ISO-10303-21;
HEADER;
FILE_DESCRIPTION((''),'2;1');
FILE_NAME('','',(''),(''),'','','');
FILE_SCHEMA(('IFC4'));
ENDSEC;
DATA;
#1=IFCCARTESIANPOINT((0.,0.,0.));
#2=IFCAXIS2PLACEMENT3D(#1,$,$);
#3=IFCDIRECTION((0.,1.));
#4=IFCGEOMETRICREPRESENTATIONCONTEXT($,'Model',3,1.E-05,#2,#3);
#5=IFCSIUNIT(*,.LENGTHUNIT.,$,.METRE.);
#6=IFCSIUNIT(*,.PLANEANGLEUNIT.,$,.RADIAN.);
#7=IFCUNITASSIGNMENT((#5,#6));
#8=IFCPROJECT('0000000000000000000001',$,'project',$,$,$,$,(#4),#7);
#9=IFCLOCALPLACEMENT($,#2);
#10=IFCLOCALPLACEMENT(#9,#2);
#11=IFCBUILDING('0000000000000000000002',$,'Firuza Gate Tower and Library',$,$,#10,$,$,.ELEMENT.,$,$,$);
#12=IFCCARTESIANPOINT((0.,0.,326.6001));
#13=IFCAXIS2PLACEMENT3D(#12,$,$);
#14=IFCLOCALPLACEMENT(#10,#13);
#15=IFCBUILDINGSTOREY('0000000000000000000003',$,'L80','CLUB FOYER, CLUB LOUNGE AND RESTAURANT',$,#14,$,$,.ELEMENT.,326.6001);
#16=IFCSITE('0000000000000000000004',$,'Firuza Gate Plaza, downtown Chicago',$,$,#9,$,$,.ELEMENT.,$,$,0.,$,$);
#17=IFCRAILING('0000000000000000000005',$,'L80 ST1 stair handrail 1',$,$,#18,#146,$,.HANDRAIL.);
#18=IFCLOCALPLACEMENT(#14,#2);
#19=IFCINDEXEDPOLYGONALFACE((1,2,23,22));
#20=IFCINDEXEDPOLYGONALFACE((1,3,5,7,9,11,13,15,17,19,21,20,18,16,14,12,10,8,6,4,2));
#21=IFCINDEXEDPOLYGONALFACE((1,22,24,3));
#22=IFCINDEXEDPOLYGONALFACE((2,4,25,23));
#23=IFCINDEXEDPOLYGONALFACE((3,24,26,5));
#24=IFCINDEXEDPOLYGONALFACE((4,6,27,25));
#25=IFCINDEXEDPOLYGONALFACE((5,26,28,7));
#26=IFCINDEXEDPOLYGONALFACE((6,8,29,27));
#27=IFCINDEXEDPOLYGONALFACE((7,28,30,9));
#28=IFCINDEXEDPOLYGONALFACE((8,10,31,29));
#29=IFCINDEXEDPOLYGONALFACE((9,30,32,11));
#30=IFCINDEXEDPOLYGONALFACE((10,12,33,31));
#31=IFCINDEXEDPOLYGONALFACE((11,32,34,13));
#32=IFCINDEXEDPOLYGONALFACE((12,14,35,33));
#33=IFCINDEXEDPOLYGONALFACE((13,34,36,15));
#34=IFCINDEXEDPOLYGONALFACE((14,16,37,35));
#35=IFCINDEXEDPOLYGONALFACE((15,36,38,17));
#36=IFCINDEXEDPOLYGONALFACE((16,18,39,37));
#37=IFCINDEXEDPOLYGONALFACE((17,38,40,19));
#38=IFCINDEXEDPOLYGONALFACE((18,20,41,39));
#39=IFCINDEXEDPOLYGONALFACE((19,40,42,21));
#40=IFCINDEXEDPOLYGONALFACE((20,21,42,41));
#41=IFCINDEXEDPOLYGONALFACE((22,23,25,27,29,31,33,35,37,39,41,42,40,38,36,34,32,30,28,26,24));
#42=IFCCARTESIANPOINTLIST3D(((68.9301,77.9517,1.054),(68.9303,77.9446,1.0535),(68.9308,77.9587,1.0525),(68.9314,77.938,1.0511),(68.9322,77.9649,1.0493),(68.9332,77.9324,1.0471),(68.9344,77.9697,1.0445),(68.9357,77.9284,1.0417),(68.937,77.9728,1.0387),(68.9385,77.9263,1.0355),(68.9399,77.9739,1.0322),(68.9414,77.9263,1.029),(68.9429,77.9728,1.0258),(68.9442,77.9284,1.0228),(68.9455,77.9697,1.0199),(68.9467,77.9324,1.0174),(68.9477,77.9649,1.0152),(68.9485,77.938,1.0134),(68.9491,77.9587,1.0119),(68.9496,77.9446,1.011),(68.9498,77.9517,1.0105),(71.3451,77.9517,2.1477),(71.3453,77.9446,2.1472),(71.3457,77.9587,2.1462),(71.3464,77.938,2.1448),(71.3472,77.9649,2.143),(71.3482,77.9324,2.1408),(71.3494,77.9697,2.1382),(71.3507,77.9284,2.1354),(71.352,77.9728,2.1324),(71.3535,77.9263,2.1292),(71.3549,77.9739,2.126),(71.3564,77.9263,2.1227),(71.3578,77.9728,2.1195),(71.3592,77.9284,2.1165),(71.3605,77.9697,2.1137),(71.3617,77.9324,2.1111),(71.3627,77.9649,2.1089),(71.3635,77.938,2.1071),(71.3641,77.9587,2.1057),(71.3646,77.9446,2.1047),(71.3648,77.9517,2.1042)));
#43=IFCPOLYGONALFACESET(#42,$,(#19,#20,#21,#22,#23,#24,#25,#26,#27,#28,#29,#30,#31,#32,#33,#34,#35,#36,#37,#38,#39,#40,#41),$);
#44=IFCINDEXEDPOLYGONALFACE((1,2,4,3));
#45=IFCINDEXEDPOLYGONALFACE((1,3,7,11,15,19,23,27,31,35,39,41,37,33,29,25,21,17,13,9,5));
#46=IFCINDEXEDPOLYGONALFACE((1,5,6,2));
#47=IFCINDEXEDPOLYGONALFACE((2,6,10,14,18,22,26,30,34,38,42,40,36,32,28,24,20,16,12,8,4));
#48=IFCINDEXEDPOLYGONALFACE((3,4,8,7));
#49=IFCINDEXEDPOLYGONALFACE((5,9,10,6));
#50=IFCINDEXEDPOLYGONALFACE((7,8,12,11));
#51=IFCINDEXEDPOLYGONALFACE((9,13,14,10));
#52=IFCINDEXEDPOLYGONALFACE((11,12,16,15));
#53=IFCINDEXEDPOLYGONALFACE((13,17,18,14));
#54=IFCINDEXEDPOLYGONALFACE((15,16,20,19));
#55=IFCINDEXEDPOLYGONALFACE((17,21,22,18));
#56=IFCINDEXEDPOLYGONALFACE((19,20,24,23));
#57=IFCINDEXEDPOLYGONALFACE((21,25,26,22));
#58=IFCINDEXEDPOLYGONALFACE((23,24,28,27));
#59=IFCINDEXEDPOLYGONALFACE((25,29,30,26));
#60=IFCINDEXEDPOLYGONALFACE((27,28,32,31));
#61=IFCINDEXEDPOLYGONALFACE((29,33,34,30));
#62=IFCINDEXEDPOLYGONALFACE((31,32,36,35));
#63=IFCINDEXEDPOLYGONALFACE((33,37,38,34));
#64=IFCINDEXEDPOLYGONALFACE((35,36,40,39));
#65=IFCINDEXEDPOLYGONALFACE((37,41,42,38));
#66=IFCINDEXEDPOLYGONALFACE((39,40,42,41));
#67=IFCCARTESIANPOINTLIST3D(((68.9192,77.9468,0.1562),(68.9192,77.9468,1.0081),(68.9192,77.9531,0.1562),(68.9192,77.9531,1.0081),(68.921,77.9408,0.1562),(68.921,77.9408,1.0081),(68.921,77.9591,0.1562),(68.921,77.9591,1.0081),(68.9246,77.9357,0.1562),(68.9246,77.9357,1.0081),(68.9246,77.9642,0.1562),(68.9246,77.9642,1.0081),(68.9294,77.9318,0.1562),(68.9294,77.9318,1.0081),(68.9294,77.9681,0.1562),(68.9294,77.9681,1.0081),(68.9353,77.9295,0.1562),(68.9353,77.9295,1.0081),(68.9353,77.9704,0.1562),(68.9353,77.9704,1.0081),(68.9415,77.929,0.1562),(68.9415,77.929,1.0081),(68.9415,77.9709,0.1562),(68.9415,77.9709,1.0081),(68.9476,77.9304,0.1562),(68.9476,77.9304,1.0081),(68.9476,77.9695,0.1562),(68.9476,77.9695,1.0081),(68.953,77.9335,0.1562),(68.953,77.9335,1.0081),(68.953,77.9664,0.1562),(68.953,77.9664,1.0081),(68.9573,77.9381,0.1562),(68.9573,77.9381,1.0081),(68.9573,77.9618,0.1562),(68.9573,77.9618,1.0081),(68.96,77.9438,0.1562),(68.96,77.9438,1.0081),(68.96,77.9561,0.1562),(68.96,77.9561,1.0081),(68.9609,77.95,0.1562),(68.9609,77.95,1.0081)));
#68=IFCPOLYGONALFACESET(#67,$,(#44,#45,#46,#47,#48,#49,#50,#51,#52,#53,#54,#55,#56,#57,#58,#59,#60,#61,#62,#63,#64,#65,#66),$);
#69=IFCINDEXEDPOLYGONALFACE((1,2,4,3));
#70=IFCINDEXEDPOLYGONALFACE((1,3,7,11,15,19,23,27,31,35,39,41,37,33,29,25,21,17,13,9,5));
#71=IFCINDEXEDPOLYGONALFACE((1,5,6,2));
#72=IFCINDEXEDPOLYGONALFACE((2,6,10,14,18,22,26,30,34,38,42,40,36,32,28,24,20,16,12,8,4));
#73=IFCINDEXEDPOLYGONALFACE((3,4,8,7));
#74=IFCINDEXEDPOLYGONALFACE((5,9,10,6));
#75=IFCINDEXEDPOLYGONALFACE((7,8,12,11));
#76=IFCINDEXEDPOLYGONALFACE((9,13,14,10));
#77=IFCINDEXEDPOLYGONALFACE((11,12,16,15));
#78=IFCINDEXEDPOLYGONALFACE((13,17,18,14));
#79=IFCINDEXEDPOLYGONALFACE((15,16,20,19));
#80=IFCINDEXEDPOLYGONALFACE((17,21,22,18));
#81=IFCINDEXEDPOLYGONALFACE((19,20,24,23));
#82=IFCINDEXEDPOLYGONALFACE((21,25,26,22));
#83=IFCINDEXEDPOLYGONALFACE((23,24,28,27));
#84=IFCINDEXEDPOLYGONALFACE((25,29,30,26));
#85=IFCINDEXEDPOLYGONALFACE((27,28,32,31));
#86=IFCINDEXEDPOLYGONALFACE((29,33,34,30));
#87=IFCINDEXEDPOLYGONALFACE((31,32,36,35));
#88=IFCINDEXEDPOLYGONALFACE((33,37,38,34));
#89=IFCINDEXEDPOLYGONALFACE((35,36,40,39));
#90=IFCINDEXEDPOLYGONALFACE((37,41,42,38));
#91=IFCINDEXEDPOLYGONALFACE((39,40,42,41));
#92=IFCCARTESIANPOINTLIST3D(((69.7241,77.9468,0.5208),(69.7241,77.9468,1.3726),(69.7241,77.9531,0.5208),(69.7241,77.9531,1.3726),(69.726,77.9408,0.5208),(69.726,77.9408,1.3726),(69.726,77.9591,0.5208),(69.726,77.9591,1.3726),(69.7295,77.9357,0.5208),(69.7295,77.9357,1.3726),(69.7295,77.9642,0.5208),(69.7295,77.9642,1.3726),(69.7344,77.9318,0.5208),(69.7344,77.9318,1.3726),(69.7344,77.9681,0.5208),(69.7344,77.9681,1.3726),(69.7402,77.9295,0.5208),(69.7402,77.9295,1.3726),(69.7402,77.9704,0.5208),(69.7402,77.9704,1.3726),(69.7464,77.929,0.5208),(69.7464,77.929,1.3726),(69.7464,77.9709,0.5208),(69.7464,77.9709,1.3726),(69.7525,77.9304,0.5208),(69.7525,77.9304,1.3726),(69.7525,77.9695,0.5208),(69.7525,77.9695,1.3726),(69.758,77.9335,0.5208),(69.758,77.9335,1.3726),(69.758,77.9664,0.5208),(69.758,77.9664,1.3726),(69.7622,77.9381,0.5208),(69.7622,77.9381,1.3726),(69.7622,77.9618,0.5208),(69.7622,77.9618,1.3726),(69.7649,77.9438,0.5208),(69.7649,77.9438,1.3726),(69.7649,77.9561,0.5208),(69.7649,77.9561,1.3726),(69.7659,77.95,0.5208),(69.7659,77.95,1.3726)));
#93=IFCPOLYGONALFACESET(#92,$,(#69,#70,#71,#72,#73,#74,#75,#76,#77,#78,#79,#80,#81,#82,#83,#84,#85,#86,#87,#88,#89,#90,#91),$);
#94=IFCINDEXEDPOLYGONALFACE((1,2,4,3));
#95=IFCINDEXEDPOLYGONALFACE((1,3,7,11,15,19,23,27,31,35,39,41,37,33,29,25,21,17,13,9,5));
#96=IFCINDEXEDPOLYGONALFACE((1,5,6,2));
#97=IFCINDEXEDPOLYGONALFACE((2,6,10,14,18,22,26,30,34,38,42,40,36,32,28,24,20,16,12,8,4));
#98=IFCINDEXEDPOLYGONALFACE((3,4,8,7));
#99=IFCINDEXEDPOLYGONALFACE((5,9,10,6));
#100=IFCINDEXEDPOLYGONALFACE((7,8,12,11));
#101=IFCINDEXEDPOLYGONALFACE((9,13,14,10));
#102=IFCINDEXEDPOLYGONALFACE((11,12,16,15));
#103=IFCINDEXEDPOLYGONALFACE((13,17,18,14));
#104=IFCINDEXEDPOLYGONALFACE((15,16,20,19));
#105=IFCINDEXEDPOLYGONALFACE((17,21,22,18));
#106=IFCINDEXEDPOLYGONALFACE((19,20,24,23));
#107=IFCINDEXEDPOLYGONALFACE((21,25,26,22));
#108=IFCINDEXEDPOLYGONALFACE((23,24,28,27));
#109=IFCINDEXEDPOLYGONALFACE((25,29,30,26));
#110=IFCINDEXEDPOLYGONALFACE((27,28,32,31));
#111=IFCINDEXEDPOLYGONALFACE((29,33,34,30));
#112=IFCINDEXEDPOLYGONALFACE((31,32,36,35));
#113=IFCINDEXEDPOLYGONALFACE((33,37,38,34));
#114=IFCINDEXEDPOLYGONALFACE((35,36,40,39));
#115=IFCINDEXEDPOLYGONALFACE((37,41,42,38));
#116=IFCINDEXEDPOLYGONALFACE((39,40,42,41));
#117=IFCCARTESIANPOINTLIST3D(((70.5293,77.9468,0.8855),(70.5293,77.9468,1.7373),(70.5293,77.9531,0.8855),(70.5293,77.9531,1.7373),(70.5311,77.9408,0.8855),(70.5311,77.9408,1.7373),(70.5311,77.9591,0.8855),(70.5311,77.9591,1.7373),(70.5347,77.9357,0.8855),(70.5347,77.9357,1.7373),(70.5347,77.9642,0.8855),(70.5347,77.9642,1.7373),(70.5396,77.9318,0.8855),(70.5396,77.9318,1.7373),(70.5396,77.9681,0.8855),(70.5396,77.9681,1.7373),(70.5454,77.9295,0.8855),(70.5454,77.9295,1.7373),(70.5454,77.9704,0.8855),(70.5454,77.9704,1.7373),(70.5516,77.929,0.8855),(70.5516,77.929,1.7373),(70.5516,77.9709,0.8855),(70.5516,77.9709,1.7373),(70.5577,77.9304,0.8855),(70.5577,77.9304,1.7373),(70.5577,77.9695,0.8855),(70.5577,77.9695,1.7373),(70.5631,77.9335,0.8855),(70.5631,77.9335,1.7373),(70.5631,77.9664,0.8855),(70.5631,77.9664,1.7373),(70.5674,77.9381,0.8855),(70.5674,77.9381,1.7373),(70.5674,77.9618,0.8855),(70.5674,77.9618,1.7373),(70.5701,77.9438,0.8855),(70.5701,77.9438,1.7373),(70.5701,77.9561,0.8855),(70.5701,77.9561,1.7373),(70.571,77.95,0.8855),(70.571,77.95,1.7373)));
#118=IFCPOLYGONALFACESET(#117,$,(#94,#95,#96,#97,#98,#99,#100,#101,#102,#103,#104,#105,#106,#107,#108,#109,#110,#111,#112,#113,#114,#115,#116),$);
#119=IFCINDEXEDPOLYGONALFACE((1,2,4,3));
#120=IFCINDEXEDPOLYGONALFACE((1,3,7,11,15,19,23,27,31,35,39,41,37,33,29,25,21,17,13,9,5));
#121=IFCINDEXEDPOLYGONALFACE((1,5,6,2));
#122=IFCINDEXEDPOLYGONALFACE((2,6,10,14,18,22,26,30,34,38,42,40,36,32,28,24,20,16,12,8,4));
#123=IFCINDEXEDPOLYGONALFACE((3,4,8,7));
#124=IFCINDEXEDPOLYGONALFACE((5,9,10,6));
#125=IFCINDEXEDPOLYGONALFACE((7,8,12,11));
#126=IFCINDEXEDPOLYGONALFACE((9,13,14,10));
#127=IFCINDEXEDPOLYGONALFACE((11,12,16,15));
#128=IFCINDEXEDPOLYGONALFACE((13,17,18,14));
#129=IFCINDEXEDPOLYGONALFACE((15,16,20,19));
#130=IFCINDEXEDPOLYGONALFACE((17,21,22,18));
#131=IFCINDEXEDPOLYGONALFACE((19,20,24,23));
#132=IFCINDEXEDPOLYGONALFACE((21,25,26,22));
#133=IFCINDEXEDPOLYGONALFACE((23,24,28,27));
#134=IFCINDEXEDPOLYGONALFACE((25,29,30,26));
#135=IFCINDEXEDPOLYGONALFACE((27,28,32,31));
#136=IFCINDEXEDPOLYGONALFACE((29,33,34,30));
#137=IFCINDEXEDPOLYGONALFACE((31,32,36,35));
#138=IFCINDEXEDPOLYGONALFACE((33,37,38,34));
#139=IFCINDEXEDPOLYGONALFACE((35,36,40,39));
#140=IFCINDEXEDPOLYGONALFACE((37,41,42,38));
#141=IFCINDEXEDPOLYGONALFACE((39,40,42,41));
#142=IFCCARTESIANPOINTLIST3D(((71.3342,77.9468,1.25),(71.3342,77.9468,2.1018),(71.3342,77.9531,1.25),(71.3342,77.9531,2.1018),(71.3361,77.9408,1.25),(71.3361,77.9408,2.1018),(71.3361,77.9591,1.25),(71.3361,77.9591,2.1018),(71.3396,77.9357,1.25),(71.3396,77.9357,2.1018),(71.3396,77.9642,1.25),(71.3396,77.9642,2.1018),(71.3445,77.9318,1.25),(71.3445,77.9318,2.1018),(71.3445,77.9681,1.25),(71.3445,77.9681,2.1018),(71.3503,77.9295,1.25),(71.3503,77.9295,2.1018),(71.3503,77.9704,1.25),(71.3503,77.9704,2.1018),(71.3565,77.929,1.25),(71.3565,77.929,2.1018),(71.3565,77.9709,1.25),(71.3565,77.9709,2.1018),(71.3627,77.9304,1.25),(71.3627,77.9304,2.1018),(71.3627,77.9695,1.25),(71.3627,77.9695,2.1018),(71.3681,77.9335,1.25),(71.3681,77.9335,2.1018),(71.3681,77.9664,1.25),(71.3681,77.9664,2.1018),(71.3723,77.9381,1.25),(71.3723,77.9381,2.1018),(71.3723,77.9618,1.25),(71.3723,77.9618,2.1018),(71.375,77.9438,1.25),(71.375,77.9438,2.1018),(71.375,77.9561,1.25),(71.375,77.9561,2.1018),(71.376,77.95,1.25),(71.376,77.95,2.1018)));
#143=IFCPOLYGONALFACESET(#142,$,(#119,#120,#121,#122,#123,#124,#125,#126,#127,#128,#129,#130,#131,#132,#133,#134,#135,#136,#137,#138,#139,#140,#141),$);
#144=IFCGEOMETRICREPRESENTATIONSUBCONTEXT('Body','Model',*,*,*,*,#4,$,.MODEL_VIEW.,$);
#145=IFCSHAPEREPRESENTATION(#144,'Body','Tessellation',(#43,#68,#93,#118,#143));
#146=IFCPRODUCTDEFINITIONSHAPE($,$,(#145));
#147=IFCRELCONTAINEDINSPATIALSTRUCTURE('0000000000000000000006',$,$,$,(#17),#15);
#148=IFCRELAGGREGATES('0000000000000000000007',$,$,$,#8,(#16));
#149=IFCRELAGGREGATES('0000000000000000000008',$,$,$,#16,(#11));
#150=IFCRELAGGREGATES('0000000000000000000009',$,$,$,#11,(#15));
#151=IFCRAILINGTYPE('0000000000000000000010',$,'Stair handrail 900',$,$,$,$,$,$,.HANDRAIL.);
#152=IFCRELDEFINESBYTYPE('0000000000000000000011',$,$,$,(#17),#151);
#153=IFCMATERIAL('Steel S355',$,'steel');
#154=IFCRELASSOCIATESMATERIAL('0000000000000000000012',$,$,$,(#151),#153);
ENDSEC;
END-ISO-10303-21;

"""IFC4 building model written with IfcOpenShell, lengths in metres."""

from ifc_helpers import new_model, si_unit, direction, frame, origin, origin_2d, place, context, subcontext, project, spatial, circle, extrude, material, type_object, element, save


model = new_model("IFC4")

# Units and contexts
model_context = context("Model", 3, precision=1e-05, world=origin(), true_north=direction((0.0, 1.0)))
body_context = subcontext(model_context, "Body", "Model", "MODEL_VIEW")
ifc_project = project(units=[si_unit("LENGTHUNIT", "METRE"), si_unit("PLANEANGLEUNIT", "RADIAN")], contexts=[model_context])

# Site, building, storey
site_placement = place(None, origin())
site = spatial("IfcSite", under=ifc_project, at=site_placement, Name="Firuza Gate Plaza, downtown Chicago", CompositionType="ELEMENT", RefElevation=0.0)
building_placement = place(site_placement, origin())
building = spatial("IfcBuilding", under=site, at=building_placement, Name="Firuza Gate Tower and Library", CompositionType="ELEMENT")
storey_placement = place(building_placement, frame((0.0, 0.0, 326.6001)))
storey = spatial("IfcBuildingStorey", under=building, at=storey_placement, Name="L80", Description="CLUB FOYER, CLUB LOUNGE AND RESTAURANT", CompositionType="ELEMENT", Elevation=326.6001)

# Railing
ifc_material_1 = material(Name="Steel S355", Category="steel")
railing_type_1 = type_object("IfcRailingType", Name="Stair handrail 900", PredefinedType="HANDRAIL", material=ifc_material_1)
for number, where, name in (
    (1, (68.9399, 77.95, 0.1562), "L80 ST1 stair handrail 1"),
):
    element("IfcRailing", number, at=place(storey_placement, frame(where)), inside=storey, type_object=railing_type_1, Name=name, PredefinedType="HANDRAIL", context=body_context, shape_type="SweptSolid", body=[
        extrude(circle(Radius=0.0239, at=origin_2d()), frame((0.0, 0.0, 0.876), z_axis=(0.910933, 0.0, 0.412554), x_axis=(0.0, 1.0, 0.0)), (0.0, 0.0, 1.0), 2.6511),
        extrude(circle(Radius=0.021, at=origin_2d()), origin(), (0.0, 0.0, 1.0), 0.8518),
        extrude(circle(Radius=0.021, at=origin_2d()), frame((0.8049, 0.0, 0.3645)), (0.0, 0.0, 1.0), 0.8518),
        extrude(circle(Radius=0.021, at=origin_2d()), frame((1.6101, 0.0, 0.7292)), (0.0, 0.0, 1.0), 0.8518),
        extrude(circle(Radius=0.021, at=origin_2d()), frame((2.415, 0.0, 1.0938)), (0.0, 0.0, 1.0), 0.8518),
    ])

save(model, "model.ifc")
